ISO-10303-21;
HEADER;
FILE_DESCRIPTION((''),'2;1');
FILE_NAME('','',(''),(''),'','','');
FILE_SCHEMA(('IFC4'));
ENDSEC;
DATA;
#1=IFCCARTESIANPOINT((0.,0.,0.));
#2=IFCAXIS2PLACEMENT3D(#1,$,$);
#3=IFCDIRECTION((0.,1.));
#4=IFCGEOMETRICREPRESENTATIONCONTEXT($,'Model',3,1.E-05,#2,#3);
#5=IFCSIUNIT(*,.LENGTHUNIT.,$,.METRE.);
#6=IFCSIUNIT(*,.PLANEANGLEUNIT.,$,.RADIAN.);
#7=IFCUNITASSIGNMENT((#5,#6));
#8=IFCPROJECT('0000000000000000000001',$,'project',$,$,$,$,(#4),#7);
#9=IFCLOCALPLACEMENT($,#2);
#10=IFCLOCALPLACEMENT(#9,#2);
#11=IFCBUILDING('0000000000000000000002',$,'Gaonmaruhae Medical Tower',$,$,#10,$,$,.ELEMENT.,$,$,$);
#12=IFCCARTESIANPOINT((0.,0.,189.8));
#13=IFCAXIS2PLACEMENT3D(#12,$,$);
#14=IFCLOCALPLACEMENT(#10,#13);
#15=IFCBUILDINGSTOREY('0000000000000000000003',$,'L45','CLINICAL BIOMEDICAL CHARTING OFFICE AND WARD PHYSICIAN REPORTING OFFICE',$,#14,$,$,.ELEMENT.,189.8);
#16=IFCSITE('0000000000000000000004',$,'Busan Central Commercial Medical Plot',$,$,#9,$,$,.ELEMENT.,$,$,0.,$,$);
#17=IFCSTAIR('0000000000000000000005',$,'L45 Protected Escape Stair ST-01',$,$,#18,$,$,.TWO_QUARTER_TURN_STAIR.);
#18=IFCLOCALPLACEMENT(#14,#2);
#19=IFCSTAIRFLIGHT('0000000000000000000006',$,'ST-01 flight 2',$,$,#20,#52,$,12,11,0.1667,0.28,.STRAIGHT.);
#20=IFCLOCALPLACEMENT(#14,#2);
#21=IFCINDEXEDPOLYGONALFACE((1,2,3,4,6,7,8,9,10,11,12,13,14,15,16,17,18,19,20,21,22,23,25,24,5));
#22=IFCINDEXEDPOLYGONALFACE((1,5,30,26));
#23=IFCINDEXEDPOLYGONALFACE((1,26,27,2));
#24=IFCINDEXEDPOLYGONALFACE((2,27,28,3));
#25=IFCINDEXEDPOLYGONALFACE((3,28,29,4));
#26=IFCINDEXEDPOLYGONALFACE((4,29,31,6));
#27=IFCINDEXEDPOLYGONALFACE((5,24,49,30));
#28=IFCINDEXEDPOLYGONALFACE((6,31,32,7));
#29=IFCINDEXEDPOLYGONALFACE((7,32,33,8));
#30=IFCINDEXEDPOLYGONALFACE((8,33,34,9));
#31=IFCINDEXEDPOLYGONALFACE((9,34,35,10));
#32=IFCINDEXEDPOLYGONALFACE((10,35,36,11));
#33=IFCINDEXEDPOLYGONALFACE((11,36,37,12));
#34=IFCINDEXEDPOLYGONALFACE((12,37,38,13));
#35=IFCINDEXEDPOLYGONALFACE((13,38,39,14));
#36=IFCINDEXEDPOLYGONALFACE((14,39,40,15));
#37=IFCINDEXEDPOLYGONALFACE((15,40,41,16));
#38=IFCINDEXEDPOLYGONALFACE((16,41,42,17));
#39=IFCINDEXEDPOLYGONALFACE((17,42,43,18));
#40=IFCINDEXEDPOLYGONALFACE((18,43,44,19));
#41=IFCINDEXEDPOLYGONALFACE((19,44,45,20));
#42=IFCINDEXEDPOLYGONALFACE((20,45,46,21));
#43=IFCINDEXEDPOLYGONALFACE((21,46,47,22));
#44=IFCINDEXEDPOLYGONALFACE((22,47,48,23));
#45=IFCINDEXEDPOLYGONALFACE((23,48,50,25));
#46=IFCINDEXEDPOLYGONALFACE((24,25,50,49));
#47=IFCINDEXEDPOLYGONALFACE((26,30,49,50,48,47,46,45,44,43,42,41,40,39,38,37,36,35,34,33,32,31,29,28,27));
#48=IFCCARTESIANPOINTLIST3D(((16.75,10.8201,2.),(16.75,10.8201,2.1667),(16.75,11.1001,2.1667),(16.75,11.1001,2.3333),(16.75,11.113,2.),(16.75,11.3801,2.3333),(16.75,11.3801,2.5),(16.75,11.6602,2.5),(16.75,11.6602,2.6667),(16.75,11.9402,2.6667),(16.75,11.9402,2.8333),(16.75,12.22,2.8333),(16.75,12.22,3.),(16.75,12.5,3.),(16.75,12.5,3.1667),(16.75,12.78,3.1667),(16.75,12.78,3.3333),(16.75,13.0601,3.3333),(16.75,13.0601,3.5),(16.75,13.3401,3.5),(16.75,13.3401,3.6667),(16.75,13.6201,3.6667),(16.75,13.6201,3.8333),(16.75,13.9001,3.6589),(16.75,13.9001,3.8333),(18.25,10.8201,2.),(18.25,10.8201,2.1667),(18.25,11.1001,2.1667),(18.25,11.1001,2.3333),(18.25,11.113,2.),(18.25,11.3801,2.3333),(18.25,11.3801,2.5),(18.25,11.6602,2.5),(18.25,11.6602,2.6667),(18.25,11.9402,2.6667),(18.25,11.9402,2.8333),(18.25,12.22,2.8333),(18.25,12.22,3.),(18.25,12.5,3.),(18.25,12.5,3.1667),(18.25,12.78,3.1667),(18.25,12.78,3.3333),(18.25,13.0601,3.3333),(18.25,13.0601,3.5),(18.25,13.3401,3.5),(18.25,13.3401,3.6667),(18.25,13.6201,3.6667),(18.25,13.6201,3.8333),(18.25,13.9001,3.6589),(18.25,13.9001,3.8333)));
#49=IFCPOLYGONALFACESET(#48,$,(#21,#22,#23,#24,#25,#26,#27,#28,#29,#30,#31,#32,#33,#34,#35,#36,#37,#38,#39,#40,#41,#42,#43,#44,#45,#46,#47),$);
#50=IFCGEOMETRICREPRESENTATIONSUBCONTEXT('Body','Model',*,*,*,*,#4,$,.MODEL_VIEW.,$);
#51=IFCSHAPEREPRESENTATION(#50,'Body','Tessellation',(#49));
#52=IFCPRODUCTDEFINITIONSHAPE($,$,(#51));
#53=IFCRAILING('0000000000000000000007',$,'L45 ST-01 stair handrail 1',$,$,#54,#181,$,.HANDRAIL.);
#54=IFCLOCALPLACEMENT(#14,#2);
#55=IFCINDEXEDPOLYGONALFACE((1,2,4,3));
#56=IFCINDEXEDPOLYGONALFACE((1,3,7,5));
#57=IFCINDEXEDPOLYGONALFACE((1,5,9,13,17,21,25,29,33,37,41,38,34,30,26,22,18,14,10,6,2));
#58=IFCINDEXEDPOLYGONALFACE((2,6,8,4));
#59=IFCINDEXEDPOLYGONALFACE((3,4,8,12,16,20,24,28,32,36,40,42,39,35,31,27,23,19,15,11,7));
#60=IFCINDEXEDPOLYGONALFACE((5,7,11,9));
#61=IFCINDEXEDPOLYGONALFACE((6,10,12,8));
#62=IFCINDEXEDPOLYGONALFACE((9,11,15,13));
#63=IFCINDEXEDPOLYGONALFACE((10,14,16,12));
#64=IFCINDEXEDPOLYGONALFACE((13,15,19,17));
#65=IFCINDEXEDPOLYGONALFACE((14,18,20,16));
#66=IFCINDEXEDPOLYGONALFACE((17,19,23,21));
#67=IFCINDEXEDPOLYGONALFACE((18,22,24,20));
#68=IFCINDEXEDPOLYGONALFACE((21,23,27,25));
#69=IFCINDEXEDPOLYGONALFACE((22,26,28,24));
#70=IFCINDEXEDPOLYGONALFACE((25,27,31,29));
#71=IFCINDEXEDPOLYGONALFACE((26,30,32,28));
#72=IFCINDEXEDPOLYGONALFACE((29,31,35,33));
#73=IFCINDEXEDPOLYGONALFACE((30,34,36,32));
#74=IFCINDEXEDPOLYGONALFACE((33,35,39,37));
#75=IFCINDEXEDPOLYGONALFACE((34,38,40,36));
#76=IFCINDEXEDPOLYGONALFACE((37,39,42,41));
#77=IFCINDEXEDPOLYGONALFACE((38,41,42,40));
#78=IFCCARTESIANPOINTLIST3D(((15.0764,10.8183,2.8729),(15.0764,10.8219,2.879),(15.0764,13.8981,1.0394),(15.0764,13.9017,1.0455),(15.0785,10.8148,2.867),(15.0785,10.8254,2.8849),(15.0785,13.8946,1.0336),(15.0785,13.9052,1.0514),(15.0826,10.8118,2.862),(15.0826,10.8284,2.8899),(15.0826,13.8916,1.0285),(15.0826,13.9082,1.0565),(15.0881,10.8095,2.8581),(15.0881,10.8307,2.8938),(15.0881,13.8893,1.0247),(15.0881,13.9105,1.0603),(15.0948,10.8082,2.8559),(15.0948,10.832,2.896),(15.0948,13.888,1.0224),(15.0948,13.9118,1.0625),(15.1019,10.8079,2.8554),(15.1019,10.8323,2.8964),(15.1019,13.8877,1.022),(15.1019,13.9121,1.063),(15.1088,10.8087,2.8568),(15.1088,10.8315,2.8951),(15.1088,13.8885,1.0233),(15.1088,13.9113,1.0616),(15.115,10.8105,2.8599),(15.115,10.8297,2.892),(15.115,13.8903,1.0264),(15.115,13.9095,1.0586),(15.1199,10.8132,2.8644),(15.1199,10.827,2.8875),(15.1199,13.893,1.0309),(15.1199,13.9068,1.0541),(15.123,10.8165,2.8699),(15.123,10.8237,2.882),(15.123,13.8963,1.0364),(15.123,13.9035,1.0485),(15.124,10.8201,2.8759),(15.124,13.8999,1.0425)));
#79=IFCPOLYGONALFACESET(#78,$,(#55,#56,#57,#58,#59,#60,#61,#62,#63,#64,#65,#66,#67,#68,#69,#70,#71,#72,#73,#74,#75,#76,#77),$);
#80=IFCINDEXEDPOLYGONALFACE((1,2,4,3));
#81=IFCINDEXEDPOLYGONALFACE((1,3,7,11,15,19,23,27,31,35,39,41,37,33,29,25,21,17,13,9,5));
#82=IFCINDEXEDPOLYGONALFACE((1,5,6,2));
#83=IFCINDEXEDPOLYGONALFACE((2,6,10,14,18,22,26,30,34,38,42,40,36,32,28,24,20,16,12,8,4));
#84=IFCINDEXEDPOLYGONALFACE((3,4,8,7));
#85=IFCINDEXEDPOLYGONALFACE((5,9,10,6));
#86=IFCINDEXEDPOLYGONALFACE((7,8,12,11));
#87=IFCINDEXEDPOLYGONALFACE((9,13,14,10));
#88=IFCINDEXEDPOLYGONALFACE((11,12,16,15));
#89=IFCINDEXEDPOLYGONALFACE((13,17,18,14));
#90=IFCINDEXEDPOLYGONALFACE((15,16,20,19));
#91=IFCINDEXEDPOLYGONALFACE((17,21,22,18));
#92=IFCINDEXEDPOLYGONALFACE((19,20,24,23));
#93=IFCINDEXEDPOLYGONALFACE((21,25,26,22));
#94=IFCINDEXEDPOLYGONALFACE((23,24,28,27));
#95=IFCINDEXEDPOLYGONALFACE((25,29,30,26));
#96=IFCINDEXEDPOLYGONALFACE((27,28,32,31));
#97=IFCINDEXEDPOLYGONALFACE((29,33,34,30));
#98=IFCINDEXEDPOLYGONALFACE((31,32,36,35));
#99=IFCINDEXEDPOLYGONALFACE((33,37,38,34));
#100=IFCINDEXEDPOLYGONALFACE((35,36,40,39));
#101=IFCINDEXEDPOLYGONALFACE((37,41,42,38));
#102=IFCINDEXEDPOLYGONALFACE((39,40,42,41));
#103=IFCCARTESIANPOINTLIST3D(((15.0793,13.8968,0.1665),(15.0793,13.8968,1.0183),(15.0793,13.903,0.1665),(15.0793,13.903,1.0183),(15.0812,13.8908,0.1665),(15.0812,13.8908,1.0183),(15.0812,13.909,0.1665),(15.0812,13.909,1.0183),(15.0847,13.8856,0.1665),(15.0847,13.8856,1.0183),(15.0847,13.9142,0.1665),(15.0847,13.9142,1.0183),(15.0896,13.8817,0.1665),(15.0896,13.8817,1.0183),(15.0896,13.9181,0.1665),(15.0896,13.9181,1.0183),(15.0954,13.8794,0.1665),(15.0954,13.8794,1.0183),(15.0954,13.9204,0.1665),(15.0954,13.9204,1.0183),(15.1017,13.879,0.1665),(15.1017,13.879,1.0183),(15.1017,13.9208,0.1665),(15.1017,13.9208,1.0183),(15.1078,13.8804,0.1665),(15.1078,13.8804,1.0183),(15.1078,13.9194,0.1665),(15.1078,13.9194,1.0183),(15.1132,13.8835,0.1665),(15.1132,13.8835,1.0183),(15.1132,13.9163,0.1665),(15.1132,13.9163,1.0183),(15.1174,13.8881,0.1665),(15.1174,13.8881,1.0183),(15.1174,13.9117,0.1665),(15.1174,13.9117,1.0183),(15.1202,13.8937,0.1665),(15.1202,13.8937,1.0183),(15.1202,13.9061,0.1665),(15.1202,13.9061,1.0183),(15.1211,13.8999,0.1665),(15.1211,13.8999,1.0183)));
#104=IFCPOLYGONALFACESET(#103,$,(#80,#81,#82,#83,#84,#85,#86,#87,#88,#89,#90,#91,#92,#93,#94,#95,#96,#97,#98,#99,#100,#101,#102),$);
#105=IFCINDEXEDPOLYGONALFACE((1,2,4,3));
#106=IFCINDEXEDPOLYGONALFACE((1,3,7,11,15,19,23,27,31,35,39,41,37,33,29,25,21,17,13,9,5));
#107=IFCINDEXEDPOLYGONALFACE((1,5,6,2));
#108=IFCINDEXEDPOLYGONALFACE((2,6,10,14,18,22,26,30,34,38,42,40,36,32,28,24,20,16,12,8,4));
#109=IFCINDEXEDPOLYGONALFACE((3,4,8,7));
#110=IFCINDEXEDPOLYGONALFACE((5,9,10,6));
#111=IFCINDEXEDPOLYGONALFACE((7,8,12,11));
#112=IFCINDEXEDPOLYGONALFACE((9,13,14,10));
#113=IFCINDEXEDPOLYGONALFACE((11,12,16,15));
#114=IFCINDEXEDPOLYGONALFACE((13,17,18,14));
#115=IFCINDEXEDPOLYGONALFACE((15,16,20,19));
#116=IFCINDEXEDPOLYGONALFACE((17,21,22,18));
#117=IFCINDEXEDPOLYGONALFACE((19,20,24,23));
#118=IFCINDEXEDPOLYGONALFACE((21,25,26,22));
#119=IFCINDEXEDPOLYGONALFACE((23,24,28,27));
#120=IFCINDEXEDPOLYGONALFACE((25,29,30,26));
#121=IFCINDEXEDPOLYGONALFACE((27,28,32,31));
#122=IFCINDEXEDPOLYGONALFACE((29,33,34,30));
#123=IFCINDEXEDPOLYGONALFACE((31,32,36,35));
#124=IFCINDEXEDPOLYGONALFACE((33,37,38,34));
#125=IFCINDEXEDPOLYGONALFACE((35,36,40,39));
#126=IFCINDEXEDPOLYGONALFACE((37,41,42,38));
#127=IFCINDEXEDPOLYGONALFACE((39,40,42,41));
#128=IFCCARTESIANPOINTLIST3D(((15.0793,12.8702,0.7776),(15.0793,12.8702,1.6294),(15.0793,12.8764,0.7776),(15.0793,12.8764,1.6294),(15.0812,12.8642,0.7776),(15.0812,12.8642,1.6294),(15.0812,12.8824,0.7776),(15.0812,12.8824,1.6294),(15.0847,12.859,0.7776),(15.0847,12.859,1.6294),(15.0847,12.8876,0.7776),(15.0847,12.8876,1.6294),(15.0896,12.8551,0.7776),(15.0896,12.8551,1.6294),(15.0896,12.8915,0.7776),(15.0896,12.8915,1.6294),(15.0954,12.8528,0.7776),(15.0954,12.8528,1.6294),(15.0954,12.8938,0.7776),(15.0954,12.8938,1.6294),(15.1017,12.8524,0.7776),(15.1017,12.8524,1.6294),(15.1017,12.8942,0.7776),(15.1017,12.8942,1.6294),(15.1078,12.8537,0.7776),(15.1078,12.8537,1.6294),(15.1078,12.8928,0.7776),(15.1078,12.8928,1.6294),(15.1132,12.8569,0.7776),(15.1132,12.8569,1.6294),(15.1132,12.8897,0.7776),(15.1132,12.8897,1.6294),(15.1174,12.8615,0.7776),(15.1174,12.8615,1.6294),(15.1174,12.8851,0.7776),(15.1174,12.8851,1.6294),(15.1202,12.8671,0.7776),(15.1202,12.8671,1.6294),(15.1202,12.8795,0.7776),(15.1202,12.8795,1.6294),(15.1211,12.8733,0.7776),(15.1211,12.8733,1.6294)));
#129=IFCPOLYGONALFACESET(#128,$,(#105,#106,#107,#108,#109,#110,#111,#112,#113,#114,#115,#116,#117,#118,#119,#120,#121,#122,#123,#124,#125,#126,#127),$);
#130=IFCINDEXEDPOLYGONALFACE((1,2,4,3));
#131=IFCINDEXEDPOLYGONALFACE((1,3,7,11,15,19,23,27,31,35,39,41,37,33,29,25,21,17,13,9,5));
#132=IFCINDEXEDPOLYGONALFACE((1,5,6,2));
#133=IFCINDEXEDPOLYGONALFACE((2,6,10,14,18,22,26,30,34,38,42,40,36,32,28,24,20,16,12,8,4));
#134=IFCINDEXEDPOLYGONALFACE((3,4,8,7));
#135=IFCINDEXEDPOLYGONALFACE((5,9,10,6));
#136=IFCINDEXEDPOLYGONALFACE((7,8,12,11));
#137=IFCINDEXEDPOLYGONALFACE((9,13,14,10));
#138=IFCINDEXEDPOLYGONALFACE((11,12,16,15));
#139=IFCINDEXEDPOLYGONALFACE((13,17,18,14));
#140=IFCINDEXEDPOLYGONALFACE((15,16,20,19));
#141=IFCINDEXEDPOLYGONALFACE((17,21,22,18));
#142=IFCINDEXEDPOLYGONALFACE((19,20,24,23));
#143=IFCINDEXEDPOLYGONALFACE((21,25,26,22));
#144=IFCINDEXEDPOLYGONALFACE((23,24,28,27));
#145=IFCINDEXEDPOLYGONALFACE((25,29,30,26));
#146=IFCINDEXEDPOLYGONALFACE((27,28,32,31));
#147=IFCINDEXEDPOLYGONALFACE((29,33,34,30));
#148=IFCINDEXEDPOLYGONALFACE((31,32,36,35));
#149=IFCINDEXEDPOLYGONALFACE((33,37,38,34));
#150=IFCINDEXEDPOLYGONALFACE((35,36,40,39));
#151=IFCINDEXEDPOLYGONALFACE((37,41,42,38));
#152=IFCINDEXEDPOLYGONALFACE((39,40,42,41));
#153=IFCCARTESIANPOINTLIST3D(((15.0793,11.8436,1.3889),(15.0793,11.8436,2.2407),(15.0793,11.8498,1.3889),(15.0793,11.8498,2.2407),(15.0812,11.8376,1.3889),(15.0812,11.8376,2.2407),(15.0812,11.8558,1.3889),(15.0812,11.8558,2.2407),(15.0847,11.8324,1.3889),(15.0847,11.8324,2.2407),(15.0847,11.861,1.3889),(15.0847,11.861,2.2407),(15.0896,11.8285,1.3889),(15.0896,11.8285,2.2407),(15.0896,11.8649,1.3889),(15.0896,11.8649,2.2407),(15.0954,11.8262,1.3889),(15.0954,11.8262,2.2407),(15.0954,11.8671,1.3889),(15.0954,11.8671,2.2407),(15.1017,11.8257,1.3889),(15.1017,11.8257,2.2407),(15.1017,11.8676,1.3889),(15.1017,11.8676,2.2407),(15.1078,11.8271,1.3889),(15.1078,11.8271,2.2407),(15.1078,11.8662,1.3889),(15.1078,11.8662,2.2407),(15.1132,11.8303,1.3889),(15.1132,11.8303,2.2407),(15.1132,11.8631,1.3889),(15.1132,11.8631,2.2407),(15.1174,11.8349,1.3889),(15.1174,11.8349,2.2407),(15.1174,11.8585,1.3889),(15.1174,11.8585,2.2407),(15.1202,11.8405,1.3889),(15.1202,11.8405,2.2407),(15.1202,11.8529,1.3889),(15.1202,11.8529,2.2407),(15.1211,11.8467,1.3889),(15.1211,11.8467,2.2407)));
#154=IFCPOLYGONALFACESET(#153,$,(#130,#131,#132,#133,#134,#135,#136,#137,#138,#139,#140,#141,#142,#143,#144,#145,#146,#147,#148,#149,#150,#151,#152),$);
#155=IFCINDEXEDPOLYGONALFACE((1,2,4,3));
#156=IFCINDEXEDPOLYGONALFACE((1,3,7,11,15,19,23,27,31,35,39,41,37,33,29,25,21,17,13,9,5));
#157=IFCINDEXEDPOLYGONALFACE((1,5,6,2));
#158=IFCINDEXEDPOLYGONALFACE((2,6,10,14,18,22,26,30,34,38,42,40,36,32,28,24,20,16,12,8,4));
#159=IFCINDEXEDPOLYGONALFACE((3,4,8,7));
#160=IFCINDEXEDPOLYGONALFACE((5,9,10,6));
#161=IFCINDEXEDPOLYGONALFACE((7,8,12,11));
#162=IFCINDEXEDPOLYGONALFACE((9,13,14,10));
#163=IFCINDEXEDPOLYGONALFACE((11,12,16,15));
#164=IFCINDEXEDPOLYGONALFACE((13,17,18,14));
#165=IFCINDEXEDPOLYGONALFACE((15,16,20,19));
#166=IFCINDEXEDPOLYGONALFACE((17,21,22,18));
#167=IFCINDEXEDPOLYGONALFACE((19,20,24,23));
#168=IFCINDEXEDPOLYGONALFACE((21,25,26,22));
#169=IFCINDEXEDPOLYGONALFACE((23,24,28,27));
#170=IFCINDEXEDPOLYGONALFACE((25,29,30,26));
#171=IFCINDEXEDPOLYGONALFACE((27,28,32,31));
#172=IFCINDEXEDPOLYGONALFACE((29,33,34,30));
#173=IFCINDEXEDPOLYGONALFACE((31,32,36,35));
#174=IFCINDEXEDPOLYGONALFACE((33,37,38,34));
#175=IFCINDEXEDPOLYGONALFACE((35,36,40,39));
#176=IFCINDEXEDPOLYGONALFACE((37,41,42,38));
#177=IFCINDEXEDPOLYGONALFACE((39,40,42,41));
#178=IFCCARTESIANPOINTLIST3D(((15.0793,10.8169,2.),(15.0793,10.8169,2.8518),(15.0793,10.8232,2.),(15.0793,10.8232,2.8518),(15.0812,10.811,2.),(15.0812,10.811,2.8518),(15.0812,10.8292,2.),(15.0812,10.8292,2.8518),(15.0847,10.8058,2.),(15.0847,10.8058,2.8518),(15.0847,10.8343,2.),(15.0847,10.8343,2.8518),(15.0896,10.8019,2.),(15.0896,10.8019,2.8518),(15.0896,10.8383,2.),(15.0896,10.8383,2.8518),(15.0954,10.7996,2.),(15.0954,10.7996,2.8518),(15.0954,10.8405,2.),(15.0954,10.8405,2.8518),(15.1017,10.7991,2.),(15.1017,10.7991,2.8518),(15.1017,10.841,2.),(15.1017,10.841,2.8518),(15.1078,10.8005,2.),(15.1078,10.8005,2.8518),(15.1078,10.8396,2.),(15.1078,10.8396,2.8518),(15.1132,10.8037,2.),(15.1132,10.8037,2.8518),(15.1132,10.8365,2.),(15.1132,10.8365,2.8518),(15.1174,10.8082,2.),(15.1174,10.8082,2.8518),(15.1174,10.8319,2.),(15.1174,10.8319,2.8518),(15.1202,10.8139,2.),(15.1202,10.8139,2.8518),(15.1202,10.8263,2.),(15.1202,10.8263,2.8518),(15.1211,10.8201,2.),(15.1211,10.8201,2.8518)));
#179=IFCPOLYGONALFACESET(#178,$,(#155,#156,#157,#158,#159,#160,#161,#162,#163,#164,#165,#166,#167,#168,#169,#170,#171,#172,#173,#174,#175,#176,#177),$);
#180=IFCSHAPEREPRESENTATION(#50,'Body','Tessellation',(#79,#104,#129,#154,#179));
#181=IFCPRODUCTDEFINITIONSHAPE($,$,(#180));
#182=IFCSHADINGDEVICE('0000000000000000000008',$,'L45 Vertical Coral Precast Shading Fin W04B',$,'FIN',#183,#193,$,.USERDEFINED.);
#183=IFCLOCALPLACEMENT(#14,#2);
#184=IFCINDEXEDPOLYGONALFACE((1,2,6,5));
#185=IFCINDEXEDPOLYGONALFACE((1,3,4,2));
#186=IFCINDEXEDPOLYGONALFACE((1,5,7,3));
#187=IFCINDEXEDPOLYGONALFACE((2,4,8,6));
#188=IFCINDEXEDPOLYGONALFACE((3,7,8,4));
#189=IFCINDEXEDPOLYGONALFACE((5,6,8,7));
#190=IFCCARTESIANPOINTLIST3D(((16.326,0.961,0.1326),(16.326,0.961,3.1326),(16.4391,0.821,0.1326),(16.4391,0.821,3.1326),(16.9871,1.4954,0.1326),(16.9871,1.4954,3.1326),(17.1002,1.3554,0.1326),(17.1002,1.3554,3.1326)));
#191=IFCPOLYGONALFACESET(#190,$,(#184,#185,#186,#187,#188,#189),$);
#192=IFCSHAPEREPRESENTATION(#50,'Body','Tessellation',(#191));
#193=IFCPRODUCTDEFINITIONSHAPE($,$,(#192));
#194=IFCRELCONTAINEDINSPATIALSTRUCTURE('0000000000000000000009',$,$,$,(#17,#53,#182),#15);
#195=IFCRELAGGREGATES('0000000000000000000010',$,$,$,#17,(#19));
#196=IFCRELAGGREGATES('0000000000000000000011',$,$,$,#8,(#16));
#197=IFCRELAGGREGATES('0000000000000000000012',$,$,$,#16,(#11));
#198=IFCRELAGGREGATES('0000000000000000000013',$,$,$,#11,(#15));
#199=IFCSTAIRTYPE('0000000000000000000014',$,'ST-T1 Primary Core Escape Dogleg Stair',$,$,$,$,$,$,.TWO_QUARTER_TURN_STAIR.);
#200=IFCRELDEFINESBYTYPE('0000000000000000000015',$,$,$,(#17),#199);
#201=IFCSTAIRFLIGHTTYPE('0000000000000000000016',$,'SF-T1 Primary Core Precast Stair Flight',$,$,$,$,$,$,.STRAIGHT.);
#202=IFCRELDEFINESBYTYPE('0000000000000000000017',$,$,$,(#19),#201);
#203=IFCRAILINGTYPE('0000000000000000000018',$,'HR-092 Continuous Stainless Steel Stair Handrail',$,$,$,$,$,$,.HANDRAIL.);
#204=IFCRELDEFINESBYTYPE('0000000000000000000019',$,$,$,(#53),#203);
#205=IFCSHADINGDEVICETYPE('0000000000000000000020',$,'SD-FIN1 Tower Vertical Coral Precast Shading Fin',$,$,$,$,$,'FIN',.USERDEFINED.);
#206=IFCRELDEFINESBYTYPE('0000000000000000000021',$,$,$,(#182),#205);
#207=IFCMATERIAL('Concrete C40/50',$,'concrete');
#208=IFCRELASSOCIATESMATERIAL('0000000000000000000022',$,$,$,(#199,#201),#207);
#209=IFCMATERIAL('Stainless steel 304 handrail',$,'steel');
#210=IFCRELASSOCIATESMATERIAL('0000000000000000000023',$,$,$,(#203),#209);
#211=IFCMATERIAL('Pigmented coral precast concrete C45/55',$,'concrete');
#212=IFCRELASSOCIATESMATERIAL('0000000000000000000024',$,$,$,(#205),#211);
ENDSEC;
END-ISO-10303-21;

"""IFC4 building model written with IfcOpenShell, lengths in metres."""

from ifc_helpers import new_model, si_unit, direction, frame, origin, origin_2d, place, context, subcontext, project, spatial, polyline, rectangle, circle, outline, extrude, material, type_object, element, aggregate, save


model = new_model("IFC4")

# Units and contexts
model_context = context("Model", 3, precision=1e-05, world=origin(), true_north=direction((0.0, 1.0)))
body_context = subcontext(model_context, "Body", "Model", "MODEL_VIEW")
ifc_project = project(units=[si_unit("LENGTHUNIT", "METRE"), si_unit("PLANEANGLEUNIT", "RADIAN")], contexts=[model_context])

# Site, building, storey
site_placement = place(None, origin())
site = spatial("IfcSite", under=ifc_project, at=site_placement, Name="Busan Central Commercial Medical Plot", CompositionType="ELEMENT", RefElevation=0.0)
building_placement = place(site_placement, origin())
building = spatial("IfcBuilding", under=site, at=building_placement, Name="Gaonmaruhae Medical Tower", CompositionType="ELEMENT")
storey_placement = place(building_placement, frame((0.0, 0.0, 189.8)))
storey = spatial("IfcBuildingStorey", under=building, at=storey_placement, Name="L45", Description="CLINICAL BIOMEDICAL CHARTING OFFICE AND WARD PHYSICIAN REPORTING OFFICE", CompositionType="ELEMENT", Elevation=189.8)

# Stair, stair flight
ifc_material_1 = material(Name="Concrete C40/50", Category="concrete")
stair_type = type_object("IfcStairType", Name="ST-T1 Primary Core Escape Dogleg Stair", PredefinedType="TWO_QUARTER_TURN_STAIR", material=ifc_material_1)
stair_placement = place(storey_placement, origin())
stair = element("IfcStair", 1, at=stair_placement, inside=storey, type_object=stair_type, Name="L45 Protected Escape Stair ST-01", PredefinedType="TWO_QUARTER_TURN_STAIR")
stair_flight_type = type_object("IfcStairFlightType", Name="SF-T1 Primary Core Precast Stair Flight", PredefinedType="STRAIGHT", material=ifc_material_1)
stair_flight_1_placement = place(storey_placement, frame((17.5, 10.8201, 2.0), z_axis=(0.0, 0.0, 1.0), x_axis=(0.0, 1.0, 0.0)))
stair_flight_1 = element("IfcStairFlight", 2, at=stair_flight_1_placement, type_object=stair_flight_type, Name="ST-01 flight 2", NumberOfRisers=12, NumberOfTreads=11, PredefinedType="STRAIGHT", RiserHeight=0.1667, TreadLength=0.28, context=body_context, shape_type="SweptSolid", body=[
    extrude(outline(polyline([(0.0, 0.0), (0.0, 0.1667), (0.28, 0.1667), (0.28, 0.3333), (0.5601, 0.3333), (0.5601, 0.5), (0.8401, 0.5), (0.8401, 0.6667), (1.1201, 0.6667), (1.1201, 0.8333), (1.3999, 0.8333), (1.3999, 1.0), (1.6799, 1.0), (1.6799, 1.1667), (1.96, 1.1667), (1.96, 1.3333), (2.24, 1.3333), (2.24, 1.5), (2.52, 1.5), (2.52, 1.6667), (2.8, 1.6667), (2.8, 1.8333), (3.0801, 1.8333), (3.0801, 2.0), (3.0801, 1.6589), (0.293, 0.0), (0.0, 0.0)])), frame((0.0, 0.75, 0.0), z_axis=(0.0, -1.0, 0.0), x_axis=(1.0, 0.0, 0.0)), (0.0, 0.0, 1.0), 1.5),
])
aggregate(stair, [stair_flight_1])

# Railing
ifc_material_2 = material(Name="Stainless steel 304 handrail", Category="steel")
railing_type_1 = type_object("IfcRailingType", Name="HR-092 Continuous Stainless Steel Stair Handrail", PredefinedType="HANDRAIL", material=ifc_material_2)
railing_1_placement = place(storey_placement, frame((15.1001, 13.8999, 0.1665)))
element("IfcRailing", 3, at=railing_1_placement, inside=storey, type_object=railing_type_1, Name="L45 ST-01 stair handrail 1", PredefinedType="HANDRAIL", context=body_context, shape_type="SweptSolid", body=[
    extrude(circle(Radius=0.0239, at=origin_2d()), frame((0.0, 0.0, 0.876), z_axis=(0.0, -0.859261, 0.511538), x_axis=(1.0, 0.0, 0.0)), (0.0, 0.0, 1.0), 3.5842),
    extrude(circle(Radius=0.021, at=origin_2d()), origin(), (0.0, 0.0, 1.0), 0.8518),
    extrude(circle(Radius=0.021, at=origin_2d()), frame((0.0, -1.0266, 0.6111)), (0.0, 0.0, 1.0), 0.8518),
    extrude(circle(Radius=0.021, at=origin_2d()), frame((0.0, -2.0532, 1.2224)), (0.0, 0.0, 1.0), 0.8518),
    extrude(circle(Radius=0.021, at=origin_2d()), frame((0.0, -3.0798, 1.8335)), (0.0, 0.0, 1.0), 0.8518),
])

# Shading device
ifc_material_3 = material(Name="Pigmented coral precast concrete C45/55", Category="concrete")
shading_device_type = type_object("IfcShadingDeviceType", Name="SD-FIN1 Tower Vertical Coral Precast Shading Fin", ElementType="FIN", PredefinedType="USERDEFINED", material=ifc_material_3)
shading_device_placement = place(storey_placement, frame((16.7131, 1.1582, 0.1326), z_axis=(0.0, 0.0, 1.0), x_axis=(-0.628642, 0.777695, 0.0)))
element("IfcShadingDevice", 4, at=shading_device_placement, inside=storey, type_object=shading_device_type, Name="L45 Vertical Coral Precast Shading Fin W04B", ObjectType="FIN", PredefinedType="USERDEFINED", context=body_context, shape_type="SweptSolid", body=[
    extrude(rectangle(XDim=0.1799, YDim=0.8501, at=origin_2d()), origin(), (0.0, 0.0, 1.0), 3.0),
])

save(model, "model.ifc")
